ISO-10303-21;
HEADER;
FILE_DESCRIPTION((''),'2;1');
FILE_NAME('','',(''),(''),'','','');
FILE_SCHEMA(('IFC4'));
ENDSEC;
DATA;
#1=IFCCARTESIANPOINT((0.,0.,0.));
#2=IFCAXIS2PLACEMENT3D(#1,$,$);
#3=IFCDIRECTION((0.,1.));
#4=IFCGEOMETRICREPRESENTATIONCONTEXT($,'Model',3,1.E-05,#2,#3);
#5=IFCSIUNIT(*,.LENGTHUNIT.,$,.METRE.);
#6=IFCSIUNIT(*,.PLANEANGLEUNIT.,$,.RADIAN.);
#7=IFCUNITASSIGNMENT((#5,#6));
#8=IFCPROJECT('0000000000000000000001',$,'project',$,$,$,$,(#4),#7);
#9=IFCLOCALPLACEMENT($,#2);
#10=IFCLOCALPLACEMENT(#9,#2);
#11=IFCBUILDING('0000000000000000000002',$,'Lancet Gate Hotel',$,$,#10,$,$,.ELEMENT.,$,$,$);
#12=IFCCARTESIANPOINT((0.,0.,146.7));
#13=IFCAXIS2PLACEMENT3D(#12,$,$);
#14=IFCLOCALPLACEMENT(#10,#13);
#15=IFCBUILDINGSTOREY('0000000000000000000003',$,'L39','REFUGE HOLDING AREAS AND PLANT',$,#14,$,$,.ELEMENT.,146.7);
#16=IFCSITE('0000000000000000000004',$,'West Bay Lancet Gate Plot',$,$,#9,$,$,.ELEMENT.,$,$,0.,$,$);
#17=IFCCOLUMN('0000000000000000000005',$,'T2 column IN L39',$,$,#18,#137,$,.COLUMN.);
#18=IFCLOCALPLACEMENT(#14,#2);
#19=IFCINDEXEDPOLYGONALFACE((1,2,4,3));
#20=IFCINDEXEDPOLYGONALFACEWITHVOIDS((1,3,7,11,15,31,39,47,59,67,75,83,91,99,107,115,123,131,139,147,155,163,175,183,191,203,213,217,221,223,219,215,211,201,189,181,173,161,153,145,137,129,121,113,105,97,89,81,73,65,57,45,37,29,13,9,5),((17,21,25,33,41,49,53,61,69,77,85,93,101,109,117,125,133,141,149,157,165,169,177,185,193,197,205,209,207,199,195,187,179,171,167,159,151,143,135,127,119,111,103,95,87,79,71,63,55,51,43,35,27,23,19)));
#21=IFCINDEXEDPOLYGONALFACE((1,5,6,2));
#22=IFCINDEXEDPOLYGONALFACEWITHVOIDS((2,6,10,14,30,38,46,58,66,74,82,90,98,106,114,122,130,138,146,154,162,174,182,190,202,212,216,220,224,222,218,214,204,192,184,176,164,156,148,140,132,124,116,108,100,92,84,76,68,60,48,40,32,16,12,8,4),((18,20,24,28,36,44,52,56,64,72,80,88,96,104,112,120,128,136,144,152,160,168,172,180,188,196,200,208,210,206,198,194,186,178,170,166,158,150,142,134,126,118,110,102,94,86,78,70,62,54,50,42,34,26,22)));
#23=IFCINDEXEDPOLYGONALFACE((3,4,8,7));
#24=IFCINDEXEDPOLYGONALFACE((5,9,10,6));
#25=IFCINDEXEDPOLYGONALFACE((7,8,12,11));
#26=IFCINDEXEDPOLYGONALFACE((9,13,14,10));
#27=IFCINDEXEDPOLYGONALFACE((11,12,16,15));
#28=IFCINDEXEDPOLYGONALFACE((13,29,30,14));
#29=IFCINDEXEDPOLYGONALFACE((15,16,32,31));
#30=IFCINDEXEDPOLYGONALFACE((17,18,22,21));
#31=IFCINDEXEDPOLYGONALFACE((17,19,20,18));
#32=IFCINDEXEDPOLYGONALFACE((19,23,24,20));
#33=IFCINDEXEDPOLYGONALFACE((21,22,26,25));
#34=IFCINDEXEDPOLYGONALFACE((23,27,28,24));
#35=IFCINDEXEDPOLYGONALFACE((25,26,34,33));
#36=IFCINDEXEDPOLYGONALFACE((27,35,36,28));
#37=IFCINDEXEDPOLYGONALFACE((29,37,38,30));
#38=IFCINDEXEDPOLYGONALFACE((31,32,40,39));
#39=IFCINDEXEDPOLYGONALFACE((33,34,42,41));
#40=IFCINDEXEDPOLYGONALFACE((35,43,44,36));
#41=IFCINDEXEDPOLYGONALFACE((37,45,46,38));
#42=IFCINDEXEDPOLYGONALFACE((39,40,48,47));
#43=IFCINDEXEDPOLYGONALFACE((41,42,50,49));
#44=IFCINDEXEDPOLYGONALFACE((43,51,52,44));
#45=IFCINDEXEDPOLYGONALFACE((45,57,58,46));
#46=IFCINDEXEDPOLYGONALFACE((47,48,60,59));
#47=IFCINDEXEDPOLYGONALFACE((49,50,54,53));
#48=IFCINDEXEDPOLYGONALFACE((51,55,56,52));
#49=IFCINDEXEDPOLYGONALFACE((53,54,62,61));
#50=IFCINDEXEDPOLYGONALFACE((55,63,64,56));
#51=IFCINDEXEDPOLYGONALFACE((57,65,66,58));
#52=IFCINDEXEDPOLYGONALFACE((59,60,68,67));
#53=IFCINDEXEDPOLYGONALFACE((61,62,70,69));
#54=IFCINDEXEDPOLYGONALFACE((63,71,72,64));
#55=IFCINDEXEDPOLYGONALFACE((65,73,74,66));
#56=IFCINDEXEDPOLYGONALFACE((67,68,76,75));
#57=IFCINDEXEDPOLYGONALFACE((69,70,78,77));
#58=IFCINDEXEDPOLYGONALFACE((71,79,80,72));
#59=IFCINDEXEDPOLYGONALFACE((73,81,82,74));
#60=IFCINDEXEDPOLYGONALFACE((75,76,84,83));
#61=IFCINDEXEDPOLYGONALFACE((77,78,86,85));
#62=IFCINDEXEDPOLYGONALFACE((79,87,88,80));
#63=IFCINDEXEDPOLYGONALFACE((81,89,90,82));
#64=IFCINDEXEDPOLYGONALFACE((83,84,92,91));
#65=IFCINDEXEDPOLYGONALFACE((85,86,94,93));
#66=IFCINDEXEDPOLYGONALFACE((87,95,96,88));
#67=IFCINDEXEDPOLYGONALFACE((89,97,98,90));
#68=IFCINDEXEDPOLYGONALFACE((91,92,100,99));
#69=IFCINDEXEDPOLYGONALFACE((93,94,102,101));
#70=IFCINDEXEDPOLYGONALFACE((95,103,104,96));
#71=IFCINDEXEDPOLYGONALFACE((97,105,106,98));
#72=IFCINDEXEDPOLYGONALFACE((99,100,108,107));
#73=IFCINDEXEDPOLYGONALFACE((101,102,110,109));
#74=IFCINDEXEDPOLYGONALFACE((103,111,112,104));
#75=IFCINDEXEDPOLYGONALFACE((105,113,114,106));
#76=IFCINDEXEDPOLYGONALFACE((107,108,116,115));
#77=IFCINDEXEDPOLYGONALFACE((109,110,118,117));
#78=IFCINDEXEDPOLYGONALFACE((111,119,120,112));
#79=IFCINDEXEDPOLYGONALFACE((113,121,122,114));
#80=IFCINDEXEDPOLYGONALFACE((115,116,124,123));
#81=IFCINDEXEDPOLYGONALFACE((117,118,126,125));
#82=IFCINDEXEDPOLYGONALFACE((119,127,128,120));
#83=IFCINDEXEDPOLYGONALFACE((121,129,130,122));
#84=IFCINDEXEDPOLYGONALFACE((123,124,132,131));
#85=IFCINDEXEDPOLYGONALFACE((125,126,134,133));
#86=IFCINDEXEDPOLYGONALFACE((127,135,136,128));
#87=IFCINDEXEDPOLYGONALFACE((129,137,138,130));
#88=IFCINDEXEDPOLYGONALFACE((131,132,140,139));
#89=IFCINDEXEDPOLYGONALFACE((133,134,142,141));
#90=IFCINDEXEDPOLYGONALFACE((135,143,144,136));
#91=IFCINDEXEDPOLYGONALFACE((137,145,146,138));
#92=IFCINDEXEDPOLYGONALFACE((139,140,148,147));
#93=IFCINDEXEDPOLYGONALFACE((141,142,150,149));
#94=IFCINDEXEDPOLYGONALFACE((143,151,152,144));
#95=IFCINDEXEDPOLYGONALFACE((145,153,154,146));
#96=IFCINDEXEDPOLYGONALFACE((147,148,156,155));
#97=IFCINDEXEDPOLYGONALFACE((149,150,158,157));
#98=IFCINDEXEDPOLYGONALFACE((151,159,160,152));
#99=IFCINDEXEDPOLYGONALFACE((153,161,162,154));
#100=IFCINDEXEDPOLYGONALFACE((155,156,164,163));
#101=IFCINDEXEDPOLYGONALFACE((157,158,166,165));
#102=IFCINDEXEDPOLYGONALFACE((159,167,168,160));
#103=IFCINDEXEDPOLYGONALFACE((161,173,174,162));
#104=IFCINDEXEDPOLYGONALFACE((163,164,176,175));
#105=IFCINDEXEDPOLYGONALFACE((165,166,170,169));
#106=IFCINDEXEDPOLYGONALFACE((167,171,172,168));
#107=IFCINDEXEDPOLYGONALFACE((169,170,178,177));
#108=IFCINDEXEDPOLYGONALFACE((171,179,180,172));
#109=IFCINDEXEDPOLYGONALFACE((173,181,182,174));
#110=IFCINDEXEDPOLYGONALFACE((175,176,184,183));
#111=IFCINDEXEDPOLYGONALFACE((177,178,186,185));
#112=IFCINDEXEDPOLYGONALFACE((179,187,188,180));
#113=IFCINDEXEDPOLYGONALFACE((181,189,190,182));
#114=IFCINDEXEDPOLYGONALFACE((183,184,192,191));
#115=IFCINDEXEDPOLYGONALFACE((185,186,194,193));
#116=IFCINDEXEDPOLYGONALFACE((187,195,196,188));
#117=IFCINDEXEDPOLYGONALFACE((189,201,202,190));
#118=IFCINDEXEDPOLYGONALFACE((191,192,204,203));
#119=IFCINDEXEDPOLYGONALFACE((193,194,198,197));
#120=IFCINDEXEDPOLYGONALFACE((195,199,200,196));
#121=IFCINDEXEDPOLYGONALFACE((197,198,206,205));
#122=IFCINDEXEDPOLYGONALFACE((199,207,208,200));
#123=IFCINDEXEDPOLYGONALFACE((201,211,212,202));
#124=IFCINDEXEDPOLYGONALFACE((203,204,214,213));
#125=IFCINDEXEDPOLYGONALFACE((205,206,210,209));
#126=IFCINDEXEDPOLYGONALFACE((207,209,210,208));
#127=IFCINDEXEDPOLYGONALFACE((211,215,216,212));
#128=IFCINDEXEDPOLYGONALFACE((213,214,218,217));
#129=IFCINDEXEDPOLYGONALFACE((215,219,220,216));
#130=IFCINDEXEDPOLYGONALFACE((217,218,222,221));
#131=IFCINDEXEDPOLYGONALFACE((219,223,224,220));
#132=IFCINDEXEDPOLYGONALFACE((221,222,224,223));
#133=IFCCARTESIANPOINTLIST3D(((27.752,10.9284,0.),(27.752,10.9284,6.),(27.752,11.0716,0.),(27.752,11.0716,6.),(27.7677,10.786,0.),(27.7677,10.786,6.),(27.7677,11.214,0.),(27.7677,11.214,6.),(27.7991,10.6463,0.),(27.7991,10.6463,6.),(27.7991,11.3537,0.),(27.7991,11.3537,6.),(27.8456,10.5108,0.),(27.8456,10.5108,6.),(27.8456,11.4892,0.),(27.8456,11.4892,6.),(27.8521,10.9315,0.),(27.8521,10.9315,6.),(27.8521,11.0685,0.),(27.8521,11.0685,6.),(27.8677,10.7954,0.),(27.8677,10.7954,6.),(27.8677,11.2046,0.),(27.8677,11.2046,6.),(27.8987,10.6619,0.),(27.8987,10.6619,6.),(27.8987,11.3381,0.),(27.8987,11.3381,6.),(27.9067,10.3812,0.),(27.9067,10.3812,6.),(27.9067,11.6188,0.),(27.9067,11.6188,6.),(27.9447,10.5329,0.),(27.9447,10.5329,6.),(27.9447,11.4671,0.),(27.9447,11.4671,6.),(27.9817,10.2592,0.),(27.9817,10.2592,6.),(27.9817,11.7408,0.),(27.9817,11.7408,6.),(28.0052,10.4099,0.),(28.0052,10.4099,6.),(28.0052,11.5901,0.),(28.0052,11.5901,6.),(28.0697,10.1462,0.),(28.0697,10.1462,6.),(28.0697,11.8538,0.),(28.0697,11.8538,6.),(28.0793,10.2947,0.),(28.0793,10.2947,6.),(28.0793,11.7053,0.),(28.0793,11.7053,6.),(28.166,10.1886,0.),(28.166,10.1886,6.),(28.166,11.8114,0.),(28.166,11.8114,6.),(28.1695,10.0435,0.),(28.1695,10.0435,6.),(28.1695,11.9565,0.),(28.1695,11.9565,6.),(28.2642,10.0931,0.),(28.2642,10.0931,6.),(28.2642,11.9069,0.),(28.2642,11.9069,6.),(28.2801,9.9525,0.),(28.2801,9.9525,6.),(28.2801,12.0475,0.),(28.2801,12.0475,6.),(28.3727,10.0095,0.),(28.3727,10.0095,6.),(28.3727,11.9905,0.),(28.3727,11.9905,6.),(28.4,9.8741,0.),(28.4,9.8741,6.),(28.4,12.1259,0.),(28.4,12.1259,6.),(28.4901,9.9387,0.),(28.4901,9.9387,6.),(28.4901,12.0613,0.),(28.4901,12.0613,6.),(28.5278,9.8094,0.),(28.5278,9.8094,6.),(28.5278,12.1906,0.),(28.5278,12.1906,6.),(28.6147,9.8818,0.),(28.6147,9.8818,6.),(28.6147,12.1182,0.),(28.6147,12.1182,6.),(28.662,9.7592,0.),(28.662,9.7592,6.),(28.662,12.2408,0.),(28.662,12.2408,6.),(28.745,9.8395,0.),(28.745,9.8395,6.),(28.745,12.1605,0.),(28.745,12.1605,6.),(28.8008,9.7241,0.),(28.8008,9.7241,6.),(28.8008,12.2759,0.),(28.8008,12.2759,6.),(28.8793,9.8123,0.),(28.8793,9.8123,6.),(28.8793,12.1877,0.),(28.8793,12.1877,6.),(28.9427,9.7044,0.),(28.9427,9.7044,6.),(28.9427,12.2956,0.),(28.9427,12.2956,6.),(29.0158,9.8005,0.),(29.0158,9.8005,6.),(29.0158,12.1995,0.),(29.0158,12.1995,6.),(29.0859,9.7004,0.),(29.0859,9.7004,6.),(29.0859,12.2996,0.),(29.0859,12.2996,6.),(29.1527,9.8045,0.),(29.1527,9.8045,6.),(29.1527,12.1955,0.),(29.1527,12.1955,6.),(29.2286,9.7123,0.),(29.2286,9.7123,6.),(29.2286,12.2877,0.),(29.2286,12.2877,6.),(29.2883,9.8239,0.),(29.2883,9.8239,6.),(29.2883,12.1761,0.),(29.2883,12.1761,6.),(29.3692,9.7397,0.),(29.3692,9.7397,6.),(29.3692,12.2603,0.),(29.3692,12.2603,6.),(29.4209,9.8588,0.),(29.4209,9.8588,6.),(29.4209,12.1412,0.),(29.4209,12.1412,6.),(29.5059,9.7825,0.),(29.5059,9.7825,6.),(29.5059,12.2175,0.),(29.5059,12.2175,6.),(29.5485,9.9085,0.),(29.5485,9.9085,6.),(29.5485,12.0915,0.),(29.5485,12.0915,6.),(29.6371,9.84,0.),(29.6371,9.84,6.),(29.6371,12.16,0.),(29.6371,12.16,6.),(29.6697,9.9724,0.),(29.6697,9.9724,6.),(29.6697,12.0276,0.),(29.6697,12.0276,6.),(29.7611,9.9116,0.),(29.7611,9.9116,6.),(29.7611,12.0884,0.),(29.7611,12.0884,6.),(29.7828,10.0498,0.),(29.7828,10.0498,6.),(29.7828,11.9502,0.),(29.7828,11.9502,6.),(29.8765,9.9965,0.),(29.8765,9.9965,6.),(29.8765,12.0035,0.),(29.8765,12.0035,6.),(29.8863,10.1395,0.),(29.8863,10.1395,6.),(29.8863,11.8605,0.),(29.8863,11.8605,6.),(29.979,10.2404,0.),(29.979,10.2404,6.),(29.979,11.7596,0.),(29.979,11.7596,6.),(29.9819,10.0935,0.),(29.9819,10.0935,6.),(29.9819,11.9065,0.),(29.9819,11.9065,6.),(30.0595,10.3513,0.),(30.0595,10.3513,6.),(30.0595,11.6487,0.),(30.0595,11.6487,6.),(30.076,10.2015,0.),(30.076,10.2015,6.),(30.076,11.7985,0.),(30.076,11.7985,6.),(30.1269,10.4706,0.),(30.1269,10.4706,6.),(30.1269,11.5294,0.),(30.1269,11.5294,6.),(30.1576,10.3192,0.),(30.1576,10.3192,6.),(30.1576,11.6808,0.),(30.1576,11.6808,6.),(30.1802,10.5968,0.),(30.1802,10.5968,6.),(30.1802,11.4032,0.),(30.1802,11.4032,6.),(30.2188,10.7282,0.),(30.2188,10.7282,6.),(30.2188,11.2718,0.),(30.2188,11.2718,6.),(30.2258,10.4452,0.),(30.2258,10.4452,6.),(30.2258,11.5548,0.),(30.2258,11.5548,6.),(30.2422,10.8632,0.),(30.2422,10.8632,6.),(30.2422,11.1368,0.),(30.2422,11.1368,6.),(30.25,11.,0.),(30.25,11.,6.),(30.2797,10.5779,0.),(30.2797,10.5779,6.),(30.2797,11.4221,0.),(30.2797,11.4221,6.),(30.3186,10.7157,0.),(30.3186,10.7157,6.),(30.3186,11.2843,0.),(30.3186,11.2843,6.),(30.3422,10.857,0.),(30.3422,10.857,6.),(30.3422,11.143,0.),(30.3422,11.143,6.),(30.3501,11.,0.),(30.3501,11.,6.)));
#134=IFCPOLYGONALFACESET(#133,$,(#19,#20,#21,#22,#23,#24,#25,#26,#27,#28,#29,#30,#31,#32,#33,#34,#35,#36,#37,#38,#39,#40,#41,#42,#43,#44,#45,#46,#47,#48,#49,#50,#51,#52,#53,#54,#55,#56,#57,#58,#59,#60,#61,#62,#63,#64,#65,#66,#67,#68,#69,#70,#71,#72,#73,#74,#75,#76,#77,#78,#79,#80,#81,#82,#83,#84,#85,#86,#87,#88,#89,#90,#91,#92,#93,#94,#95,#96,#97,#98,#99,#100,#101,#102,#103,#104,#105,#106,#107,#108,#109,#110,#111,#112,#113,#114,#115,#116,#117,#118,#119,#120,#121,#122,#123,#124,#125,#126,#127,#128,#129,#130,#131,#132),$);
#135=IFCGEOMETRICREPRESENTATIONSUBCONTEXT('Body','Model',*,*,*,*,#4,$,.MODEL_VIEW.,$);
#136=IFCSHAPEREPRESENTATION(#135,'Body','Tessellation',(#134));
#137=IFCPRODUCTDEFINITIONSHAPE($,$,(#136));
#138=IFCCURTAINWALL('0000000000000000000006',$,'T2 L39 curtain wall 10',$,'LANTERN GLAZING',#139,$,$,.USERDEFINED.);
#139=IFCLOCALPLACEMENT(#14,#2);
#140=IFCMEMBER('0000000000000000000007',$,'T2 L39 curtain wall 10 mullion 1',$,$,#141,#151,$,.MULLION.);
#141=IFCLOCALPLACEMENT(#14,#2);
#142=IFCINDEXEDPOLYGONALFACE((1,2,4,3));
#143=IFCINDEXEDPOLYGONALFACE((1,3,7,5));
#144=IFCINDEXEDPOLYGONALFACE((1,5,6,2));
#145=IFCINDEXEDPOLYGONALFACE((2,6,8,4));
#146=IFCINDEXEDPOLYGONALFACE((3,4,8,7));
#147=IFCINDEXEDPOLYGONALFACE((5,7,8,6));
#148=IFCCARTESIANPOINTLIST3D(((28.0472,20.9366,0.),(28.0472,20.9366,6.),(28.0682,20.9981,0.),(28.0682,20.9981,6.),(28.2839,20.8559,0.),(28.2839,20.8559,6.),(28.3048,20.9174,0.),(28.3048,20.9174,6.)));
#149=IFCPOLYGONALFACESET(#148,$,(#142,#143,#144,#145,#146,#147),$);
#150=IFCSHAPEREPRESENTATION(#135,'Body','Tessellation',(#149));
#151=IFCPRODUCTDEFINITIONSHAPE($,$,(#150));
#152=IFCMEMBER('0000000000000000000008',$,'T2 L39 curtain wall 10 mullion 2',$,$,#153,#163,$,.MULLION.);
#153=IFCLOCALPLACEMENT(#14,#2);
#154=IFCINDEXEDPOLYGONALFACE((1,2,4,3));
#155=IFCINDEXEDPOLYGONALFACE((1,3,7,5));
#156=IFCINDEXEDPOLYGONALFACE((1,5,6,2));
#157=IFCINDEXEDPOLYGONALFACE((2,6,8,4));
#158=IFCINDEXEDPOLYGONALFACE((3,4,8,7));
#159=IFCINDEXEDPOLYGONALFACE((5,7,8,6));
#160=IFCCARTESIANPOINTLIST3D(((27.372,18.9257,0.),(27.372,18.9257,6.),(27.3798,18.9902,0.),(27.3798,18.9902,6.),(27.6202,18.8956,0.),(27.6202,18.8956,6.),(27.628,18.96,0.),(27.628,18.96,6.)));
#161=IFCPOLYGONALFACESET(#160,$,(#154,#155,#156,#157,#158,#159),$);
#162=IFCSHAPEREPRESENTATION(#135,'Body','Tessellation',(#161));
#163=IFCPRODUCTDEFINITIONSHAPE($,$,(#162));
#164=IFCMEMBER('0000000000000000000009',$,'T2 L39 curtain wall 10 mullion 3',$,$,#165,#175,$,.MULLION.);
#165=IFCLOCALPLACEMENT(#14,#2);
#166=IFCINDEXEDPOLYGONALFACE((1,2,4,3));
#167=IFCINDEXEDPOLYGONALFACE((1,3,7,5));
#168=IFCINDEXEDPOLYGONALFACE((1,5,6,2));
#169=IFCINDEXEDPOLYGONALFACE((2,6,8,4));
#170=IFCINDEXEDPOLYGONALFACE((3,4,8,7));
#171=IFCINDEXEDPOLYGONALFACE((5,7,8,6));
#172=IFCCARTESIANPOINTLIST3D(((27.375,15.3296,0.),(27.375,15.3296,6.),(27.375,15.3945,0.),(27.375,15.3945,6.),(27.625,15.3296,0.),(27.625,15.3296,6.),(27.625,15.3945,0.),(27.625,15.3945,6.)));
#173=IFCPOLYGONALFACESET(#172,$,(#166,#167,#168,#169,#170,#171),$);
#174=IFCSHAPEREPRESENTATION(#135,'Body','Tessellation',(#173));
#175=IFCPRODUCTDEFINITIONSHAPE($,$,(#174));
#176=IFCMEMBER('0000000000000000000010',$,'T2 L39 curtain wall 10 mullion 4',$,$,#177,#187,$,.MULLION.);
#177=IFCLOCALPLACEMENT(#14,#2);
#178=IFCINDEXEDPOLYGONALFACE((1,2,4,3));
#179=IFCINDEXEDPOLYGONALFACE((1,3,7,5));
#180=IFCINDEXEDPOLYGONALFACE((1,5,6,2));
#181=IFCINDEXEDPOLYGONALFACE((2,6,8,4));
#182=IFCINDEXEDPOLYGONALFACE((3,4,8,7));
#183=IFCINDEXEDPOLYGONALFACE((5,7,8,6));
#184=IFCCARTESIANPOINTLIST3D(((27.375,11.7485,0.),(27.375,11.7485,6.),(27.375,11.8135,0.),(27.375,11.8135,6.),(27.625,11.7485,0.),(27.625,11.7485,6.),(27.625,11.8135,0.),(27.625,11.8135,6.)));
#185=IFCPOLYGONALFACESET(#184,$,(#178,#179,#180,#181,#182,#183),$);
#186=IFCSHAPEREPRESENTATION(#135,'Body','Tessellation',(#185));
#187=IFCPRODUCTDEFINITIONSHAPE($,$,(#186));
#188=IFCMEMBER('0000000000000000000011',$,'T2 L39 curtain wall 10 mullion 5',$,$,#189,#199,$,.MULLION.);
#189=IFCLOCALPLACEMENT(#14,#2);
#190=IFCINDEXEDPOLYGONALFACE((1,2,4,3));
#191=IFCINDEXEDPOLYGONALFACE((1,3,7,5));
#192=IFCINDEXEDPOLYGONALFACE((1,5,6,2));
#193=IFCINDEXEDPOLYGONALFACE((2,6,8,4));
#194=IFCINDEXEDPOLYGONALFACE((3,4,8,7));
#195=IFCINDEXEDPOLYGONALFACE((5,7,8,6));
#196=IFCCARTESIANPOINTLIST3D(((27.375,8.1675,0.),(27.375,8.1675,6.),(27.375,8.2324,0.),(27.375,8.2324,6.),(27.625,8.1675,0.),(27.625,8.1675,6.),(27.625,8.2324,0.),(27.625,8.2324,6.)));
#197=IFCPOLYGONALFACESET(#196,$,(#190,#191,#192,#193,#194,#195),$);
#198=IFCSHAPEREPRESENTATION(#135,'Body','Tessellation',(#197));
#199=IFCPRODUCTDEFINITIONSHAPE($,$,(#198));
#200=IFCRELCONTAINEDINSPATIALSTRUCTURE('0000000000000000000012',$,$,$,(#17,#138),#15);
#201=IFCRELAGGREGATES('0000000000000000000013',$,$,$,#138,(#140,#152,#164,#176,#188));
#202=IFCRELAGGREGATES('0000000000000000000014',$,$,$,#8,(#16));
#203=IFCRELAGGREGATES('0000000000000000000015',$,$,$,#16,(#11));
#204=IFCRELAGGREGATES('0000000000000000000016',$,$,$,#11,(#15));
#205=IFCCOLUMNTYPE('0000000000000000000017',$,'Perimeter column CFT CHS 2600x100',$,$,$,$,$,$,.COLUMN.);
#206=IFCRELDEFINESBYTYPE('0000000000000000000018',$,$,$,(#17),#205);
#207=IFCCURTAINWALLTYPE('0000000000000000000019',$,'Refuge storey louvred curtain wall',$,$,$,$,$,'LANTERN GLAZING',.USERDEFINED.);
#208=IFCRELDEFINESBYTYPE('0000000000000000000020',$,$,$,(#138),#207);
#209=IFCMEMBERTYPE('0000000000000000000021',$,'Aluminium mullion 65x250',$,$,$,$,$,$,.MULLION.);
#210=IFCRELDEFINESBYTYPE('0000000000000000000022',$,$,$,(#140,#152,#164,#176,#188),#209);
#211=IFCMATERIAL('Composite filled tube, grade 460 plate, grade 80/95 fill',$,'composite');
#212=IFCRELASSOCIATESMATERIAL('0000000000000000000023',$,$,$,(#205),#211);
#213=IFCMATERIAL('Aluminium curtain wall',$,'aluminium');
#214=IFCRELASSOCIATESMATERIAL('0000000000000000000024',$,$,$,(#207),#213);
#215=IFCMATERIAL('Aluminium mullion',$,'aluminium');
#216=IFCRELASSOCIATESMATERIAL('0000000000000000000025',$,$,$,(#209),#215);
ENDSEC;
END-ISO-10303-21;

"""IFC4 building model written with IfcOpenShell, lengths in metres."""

from ifc_helpers import new_model, si_unit, direction, frame, origin, origin_2d, place, context, subcontext, project, spatial, rectangle, hollow_circle, extrude, material, material_profile, profile_set, type_object, element, aggregate, save


model = new_model("IFC4")

# Units and contexts
model_context = context("Model", 3, precision=1e-05, world=origin(), true_north=direction((0.0, 1.0)))
body_context = subcontext(model_context, "Body", "Model", "MODEL_VIEW")
ifc_project = project(units=[si_unit("LENGTHUNIT", "METRE"), si_unit("PLANEANGLEUNIT", "RADIAN")], contexts=[model_context])

# Site, building, storey
site_placement = place(None, origin())
site = spatial("IfcSite", under=ifc_project, at=site_placement, Name="West Bay Lancet Gate Plot", CompositionType="ELEMENT", RefElevation=0.0)
building_placement = place(site_placement, origin())
building = spatial("IfcBuilding", under=site, at=building_placement, Name="Lancet Gate Hotel", CompositionType="ELEMENT")
storey_placement = place(building_placement, frame((0.0, 0.0, 146.7)))
storey = spatial("IfcBuildingStorey", under=building, at=storey_placement, Name="L39", Description="REFUGE HOLDING AREAS AND PLANT", CompositionType="ELEMENT", Elevation=146.7)

# Column
ifc_material_1 = material(Name="Composite filled tube, grade 460 plate, grade 80/95 fill", Category="composite")
ifc_material_profile_1 = material_profile(ifc_material_1, hollow_circle(Radius=1.3, WallThickness=0.1001, at=origin_2d()), Name="CHS 2600x100")
ifc_profile_set_1 = profile_set([ifc_material_profile_1], Name="Composite filled tube, grade 460 plate, grade 80/95 fill")
column_type = type_object("IfcColumnType", Name="Perimeter column CFT CHS 2600x100", PredefinedType="COLUMN", material=ifc_profile_set_1)
column_placement = place(storey_placement, frame((29.05, 11.0, 0.0), z_axis=(0.0, 0.0, 1.0), x_axis=(1.0, 0.0, 0.0)))
element("IfcColumn", 1, at=column_placement, inside=storey, type_object=column_type, Name="T2 column IN L39", PredefinedType="COLUMN", context=body_context, shape_type="SweptSolid", body=[
    extrude(hollow_circle(Radius=1.3, WallThickness=0.1001, at=origin_2d()), origin(), (0.0, 0.0, 1.0), 6.0),
])

# Curtain wall, members
ifc_material_2 = material(Name="Aluminium curtain wall", Category="aluminium")
curtain_wall_type = type_object("IfcCurtainWallType", Name="Refuge storey louvred curtain wall", ElementType="LANTERN GLAZING", PredefinedType="USERDEFINED", material=ifc_material_2)
curtain_wall_placement = place(storey_placement, origin())
curtain_wall = element("IfcCurtainWall", 2, at=curtain_wall_placement, inside=storey, type_object=curtain_wall_type, Name="T2 L39 curtain wall 10", ObjectType="LANTERN GLAZING", PredefinedType="USERDEFINED")
ifc_material_3 = material(Name="Aluminium mullion", Category="aluminium")
ifc_material_profile_2 = material_profile(ifc_material_3, rectangle(XDim=0.0649, YDim=0.25, at=origin_2d()), Name="MULLION 65x250")
ifc_profile_set_2 = profile_set([ifc_material_profile_2], Name="Aluminium mullion")
member_type_1 = type_object("IfcMemberType", Name="Aluminium mullion 65x250", PredefinedType="MULLION", material=ifc_profile_set_2)
member_1_placement = place(storey_placement, frame((28.176, 20.927, 0.0), z_axis=(0.0, 0.0, 1.0), x_axis=(-0.322576, -0.946544, 0.0)))
member_1 = element("IfcMember", 3, at=member_1_placement, type_object=member_type_1, Name="T2 L39 curtain wall 10 mullion 1", PredefinedType="MULLION", context=body_context, shape_type="SweptSolid", body=[
    extrude(rectangle(XDim=0.0649, YDim=0.25, at=origin_2d()), origin(), (0.0, 0.0, 1.0), 6.0),
])
member_2_placement = place(storey_placement, frame((27.5, 18.9429, 0.0), z_axis=(0.0, 0.0, 1.0), x_axis=(-0.120612, -0.9927, 0.0)))
member_2 = element("IfcMember", 4, at=member_2_placement, type_object=member_type_1, Name="T2 L39 curtain wall 10 mullion 2", PredefinedType="MULLION", context=body_context, shape_type="SweptSolid", body=[
    extrude(rectangle(XDim=0.0649, YDim=0.25, at=origin_2d()), origin(), (0.0, 0.0, 1.0), 6.0),
])
member_3_placement = place(storey_placement, frame((27.5, 15.3621, 0.0), z_axis=(0.0, 0.0, 1.0), x_axis=(0.0, -1.0, 0.0)))
member_3 = element("IfcMember", 5, at=member_3_placement, type_object=member_type_1, Name="T2 L39 curtain wall 10 mullion 3", PredefinedType="MULLION", context=body_context, shape_type="SweptSolid", body=[
    extrude(rectangle(XDim=0.0649, YDim=0.25, at=origin_2d()), origin(), (0.0, 0.0, 1.0), 6.0),
])
member_4_placement = place(storey_placement, frame((27.5, 11.781, 0.0), z_axis=(0.0, 0.0, 1.0), x_axis=(0.0, -1.0, 0.0)))
member_4 = element("IfcMember", 6, at=member_4_placement, type_object=member_type_1, Name="T2 L39 curtain wall 10 mullion 4", PredefinedType="MULLION", context=body_context, shape_type="SweptSolid", body=[
    extrude(rectangle(XDim=0.0649, YDim=0.25, at=origin_2d()), origin(), (0.0, 0.0, 1.0), 6.0),
])
member_5_placement = place(storey_placement, frame((27.5, 8.2, 0.0), z_axis=(0.0, 0.0, 1.0), x_axis=(0.0, -1.0, 0.0)))
member_5 = element("IfcMember", 7, at=member_5_placement, type_object=member_type_1, Name="T2 L39 curtain wall 10 mullion 5", PredefinedType="MULLION", context=body_context, shape_type="SweptSolid", body=[
    extrude(rectangle(XDim=0.0649, YDim=0.25, at=origin_2d()), origin(), (0.0, 0.0, 1.0), 6.0),
])

aggregate(curtain_wall, [member_1, member_2, member_3, member_4, member_5])

save(model, "model.ifc")
